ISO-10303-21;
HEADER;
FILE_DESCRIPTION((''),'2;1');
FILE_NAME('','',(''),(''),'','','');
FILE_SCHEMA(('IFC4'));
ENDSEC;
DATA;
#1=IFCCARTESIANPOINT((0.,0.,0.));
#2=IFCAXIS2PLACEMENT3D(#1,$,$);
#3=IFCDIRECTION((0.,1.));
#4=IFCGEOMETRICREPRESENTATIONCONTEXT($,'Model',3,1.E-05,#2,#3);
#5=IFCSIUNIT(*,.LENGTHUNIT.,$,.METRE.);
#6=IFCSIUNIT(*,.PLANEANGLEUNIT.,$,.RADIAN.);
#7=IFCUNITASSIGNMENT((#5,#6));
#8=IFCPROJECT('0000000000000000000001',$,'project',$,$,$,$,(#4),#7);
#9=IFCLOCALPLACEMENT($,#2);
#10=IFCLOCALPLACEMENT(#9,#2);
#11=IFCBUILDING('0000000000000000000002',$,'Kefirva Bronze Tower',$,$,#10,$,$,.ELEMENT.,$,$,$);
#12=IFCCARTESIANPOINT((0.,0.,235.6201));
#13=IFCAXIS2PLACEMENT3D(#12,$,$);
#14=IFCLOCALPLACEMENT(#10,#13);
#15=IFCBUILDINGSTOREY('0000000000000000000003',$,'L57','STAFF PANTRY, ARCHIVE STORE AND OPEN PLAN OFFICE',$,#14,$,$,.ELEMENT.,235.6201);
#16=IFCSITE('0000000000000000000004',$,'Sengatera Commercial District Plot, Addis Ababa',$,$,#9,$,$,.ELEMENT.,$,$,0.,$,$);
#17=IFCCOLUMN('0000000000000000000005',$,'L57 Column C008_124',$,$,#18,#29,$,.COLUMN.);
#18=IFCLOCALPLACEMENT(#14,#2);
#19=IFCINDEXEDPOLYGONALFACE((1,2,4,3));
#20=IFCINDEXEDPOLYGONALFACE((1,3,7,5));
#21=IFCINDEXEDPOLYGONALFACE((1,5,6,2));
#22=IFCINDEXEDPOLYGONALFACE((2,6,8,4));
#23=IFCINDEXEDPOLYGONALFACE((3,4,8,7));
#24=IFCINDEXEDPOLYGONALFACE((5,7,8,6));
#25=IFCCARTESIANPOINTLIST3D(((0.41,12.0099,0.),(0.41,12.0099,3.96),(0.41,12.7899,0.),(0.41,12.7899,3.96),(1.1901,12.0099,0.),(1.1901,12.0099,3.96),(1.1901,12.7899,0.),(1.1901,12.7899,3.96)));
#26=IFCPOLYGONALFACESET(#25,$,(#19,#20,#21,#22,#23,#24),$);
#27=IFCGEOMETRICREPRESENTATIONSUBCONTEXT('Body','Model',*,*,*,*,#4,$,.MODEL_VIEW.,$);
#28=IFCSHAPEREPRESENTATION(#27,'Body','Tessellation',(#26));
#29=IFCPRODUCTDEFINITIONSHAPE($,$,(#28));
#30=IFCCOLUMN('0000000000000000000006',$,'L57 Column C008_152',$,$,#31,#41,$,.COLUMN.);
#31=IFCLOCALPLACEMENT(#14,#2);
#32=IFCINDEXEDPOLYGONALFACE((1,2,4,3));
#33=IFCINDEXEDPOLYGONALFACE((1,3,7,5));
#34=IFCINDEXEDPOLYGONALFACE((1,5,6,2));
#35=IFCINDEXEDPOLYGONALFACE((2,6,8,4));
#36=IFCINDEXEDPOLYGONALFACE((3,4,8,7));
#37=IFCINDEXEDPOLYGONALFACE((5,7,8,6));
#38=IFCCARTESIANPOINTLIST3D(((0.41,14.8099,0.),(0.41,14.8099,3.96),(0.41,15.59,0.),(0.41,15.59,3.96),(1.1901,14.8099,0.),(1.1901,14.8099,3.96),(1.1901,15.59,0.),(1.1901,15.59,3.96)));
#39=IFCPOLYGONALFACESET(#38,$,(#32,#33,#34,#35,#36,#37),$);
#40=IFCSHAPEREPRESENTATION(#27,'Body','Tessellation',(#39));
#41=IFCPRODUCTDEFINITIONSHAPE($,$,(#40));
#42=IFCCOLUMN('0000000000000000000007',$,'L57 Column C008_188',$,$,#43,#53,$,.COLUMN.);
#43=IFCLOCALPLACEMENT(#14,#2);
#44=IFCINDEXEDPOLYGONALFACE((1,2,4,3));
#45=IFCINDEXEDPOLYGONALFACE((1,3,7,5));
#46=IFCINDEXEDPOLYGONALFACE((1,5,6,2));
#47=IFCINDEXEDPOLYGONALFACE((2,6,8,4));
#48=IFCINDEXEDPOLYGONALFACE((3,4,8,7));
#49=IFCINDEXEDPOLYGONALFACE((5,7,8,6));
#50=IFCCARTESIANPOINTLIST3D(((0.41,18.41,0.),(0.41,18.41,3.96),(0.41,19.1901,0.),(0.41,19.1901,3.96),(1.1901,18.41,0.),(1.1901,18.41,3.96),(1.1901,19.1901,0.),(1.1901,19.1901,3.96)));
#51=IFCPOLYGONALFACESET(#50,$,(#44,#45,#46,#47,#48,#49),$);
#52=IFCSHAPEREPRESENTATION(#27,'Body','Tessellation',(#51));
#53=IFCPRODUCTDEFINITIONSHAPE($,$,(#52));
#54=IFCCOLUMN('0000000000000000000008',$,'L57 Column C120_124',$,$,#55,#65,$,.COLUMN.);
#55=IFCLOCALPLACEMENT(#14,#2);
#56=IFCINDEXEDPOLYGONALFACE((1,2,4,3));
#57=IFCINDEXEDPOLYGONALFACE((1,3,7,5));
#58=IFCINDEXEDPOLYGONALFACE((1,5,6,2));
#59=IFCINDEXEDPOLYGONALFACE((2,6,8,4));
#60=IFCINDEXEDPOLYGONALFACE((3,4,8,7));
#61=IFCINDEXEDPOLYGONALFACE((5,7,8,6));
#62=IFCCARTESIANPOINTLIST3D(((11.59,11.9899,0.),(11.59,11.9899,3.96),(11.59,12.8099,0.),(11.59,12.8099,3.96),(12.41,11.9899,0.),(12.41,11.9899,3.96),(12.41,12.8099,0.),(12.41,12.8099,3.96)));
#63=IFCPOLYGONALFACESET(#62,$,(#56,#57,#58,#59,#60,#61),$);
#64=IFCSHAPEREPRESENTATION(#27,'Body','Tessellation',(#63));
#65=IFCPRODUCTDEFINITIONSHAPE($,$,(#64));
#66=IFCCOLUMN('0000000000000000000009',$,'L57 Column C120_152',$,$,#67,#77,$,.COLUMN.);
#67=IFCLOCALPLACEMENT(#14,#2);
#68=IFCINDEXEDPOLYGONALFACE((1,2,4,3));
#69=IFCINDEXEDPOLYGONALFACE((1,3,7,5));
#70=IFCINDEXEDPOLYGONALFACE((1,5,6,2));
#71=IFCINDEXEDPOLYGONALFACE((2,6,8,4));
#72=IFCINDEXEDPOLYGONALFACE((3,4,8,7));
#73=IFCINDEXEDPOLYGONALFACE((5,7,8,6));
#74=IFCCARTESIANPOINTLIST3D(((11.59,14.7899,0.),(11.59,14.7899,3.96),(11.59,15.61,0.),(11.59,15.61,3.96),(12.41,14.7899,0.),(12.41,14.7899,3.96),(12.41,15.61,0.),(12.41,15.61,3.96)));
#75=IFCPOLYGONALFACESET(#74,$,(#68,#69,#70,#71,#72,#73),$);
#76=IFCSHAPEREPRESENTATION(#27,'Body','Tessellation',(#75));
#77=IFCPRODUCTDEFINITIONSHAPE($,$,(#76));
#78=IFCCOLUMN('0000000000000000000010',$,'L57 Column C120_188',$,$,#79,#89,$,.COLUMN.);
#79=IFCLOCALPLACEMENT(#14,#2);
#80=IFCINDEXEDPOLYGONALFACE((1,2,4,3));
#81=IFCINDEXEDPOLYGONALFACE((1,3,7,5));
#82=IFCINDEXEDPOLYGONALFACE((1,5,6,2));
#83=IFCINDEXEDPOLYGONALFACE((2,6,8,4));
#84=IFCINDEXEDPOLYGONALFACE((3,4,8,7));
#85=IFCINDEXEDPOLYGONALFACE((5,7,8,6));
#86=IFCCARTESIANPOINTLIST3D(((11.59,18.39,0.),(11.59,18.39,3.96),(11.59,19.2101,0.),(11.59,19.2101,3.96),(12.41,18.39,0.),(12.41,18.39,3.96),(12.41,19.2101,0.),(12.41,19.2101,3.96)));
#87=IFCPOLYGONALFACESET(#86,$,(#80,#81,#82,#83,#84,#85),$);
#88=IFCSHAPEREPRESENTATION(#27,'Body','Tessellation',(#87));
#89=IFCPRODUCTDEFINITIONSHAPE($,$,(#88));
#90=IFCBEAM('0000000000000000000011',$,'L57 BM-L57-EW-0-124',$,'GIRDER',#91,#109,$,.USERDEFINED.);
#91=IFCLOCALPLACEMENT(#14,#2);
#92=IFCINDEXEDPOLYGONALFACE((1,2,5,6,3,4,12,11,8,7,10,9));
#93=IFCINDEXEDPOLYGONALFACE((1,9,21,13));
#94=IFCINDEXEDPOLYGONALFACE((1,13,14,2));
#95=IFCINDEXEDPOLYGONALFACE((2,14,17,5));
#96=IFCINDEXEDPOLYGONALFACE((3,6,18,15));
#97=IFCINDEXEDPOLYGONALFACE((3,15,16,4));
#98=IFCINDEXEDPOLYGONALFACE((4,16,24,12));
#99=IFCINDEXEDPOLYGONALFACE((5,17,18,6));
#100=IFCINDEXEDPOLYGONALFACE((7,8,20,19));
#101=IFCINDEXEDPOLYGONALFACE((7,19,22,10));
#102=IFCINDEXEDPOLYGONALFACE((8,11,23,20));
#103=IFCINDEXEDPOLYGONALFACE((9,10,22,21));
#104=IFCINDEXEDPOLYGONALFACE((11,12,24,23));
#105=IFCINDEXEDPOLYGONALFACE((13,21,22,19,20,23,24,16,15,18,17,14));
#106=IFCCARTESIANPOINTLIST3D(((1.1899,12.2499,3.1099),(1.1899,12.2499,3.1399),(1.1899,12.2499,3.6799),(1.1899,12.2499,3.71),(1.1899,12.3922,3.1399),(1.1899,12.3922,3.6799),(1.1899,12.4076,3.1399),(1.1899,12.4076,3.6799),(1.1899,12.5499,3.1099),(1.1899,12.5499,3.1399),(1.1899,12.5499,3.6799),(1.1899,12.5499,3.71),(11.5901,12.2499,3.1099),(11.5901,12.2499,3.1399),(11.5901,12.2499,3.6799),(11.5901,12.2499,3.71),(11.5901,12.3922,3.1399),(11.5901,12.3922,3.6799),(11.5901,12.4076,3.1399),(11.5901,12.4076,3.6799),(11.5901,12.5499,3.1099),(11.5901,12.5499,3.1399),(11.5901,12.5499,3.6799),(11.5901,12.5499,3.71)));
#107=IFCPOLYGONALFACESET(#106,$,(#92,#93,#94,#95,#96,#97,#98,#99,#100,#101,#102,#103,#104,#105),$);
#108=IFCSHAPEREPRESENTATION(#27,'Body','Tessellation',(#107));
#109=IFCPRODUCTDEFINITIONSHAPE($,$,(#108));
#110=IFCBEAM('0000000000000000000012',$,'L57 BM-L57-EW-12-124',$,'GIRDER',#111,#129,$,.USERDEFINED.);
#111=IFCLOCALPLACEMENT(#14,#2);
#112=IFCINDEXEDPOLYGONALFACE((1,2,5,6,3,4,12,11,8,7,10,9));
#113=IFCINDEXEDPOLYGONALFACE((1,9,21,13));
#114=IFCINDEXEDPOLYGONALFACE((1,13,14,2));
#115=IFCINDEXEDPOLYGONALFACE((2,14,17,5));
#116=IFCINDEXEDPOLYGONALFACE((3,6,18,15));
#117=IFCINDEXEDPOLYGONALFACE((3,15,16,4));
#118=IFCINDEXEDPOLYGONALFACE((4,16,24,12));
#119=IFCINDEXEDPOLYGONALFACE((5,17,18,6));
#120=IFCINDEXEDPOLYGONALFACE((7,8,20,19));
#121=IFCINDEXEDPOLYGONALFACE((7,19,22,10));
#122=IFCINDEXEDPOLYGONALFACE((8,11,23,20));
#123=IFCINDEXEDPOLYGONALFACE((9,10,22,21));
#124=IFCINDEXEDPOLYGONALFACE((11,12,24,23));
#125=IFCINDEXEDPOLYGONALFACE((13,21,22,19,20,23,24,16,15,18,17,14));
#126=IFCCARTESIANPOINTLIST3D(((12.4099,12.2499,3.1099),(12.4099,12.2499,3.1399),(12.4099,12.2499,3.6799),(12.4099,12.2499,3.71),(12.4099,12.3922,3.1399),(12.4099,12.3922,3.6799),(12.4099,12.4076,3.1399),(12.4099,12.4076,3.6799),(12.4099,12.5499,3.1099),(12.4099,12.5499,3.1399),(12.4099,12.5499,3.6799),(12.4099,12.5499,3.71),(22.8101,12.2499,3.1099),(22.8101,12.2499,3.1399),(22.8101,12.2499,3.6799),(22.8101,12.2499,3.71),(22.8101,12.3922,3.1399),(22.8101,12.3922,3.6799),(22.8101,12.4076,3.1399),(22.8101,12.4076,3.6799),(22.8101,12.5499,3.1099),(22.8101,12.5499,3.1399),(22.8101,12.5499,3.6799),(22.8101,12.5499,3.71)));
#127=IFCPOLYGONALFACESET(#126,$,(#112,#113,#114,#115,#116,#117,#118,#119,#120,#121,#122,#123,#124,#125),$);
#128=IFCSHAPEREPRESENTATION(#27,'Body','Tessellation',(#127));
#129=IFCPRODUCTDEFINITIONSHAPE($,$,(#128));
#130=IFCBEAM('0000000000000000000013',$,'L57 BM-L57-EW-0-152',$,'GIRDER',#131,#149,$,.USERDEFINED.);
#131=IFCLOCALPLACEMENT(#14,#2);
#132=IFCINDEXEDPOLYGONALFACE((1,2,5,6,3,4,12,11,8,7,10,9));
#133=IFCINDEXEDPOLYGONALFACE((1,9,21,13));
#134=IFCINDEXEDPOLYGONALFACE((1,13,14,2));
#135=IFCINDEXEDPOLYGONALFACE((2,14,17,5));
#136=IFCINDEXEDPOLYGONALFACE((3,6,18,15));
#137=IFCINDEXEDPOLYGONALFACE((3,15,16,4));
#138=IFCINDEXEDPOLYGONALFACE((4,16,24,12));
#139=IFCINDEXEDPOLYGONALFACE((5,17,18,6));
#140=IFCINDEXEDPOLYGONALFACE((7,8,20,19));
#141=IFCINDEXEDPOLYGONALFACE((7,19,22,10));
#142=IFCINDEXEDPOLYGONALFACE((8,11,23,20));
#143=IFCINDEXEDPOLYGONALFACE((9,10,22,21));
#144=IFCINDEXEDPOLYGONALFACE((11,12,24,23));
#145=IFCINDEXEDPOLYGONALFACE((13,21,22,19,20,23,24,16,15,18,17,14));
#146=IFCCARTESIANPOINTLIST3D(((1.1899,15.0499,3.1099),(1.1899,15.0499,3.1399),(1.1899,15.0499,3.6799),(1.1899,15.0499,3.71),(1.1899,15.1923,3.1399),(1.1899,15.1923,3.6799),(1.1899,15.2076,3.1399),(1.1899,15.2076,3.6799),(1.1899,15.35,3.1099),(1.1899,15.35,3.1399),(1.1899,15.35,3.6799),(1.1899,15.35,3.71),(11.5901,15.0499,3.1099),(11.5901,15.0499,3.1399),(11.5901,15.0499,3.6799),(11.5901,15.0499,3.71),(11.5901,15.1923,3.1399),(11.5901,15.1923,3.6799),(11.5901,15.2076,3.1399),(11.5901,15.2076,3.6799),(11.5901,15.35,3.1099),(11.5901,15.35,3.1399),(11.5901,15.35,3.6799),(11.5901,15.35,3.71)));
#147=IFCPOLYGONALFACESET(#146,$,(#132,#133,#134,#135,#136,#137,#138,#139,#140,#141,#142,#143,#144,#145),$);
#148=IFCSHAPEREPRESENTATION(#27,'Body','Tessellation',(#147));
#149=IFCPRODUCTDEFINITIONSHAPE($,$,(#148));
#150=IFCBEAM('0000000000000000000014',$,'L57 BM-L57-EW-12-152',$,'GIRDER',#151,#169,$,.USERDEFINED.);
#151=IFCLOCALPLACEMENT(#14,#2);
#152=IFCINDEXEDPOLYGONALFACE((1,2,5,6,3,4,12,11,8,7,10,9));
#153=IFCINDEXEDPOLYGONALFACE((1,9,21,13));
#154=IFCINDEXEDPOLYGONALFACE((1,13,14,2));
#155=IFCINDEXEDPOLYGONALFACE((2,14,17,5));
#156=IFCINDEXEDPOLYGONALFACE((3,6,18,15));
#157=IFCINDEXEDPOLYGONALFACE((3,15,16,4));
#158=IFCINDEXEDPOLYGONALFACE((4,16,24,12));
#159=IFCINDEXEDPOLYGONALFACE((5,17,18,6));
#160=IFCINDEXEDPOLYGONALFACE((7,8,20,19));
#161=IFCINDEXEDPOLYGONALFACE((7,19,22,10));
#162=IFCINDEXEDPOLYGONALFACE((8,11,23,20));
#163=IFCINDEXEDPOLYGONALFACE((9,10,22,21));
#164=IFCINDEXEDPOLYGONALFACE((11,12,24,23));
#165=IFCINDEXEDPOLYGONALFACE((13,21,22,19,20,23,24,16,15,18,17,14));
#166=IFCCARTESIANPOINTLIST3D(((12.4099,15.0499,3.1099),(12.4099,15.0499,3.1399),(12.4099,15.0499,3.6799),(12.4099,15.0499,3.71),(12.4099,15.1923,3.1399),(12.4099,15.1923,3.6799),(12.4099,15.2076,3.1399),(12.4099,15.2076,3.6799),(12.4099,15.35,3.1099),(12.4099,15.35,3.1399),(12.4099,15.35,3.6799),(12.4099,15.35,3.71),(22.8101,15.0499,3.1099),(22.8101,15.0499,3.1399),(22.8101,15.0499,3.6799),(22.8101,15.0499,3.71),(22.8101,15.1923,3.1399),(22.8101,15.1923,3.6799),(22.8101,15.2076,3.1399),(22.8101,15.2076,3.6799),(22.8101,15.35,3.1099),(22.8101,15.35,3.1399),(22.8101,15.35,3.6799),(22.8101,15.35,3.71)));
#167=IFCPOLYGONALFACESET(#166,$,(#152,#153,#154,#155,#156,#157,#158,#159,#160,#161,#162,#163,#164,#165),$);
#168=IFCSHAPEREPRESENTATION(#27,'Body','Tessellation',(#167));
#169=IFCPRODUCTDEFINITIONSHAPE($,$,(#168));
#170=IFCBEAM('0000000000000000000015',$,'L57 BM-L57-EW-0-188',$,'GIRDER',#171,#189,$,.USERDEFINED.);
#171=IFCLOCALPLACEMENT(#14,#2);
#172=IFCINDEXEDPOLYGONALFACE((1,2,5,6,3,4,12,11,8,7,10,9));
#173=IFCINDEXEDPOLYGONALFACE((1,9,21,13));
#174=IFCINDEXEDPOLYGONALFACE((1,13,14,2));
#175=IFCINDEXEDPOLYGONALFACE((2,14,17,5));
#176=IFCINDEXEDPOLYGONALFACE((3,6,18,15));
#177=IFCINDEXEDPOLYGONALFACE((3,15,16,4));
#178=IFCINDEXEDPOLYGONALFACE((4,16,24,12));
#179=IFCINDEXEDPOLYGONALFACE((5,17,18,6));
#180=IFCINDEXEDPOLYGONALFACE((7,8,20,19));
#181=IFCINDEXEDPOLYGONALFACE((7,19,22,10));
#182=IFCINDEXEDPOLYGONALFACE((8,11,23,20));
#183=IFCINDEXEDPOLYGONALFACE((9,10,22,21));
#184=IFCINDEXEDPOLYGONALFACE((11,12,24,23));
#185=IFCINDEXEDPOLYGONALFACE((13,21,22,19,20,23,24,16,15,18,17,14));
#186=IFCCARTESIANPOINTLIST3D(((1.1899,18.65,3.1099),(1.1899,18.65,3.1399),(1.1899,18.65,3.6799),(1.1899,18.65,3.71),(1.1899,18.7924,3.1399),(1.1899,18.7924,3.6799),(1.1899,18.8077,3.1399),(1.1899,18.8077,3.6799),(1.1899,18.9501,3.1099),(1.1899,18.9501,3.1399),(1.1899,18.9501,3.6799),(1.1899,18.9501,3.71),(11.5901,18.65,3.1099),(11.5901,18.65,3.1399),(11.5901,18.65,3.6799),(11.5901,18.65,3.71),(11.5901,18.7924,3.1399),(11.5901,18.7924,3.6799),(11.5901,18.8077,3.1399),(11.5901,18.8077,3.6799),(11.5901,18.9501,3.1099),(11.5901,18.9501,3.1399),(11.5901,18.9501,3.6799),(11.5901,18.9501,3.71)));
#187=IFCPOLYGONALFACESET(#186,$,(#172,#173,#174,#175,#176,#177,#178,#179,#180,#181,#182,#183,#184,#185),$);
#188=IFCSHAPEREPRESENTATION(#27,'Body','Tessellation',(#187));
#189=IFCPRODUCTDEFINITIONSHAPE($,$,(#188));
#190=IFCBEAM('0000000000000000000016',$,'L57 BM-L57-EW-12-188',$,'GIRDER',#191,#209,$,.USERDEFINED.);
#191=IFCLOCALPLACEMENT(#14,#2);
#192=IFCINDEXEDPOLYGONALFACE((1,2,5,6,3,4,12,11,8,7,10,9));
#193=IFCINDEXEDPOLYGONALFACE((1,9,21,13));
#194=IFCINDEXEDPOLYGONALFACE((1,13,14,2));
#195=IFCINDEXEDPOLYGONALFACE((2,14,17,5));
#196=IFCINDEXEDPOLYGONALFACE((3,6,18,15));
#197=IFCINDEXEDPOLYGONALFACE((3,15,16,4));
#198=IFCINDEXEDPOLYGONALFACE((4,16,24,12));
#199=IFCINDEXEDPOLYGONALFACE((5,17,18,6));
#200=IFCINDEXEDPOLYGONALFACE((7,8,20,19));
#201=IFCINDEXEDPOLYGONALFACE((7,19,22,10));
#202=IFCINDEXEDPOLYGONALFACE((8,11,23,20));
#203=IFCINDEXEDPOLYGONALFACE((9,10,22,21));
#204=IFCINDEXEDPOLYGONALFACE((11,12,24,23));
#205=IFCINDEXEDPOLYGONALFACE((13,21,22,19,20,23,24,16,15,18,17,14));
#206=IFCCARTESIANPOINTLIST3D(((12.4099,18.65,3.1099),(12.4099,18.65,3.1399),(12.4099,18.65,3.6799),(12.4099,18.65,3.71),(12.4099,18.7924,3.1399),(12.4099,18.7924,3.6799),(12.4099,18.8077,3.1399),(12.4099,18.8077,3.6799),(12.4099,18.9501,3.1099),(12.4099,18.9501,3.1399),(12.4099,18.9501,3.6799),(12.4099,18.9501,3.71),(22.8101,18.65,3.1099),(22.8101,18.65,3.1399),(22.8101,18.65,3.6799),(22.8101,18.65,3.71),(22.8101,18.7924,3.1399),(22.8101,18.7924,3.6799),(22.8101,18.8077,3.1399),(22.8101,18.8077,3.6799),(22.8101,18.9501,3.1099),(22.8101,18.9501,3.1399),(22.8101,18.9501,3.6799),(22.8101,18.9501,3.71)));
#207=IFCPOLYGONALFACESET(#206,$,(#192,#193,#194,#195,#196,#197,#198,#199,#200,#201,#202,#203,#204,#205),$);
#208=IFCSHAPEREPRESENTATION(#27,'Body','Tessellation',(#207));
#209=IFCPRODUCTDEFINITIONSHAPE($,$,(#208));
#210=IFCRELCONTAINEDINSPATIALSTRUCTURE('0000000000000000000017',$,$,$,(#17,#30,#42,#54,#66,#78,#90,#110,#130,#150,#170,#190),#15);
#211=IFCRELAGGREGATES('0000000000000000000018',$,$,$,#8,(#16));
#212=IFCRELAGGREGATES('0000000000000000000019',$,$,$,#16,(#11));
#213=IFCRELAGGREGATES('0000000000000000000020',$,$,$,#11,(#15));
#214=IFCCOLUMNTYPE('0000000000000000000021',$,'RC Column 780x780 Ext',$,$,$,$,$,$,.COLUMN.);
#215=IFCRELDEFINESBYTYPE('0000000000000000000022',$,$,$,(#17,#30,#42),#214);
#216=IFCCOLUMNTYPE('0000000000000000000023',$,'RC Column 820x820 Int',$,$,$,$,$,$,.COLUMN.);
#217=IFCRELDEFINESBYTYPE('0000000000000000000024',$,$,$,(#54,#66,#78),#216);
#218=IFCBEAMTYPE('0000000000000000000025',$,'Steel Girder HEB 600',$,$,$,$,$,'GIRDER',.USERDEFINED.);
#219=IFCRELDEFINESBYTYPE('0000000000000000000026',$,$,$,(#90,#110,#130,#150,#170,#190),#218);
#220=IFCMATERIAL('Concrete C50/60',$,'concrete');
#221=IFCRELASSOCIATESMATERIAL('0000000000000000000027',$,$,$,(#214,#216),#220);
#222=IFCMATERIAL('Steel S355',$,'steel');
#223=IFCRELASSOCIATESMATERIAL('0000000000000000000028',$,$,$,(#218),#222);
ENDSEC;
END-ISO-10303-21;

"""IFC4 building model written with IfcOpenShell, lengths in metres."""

from ifc_helpers import new_model, si_unit, direction, frame, origin, origin_2d, place, context, subcontext, project, spatial, rectangle, i_section, extrude, material, material_profile, profile_set, type_object, element, save


model = new_model("IFC4")

# Units and contexts
model_context = context("Model", 3, precision=1e-05, world=origin(), true_north=direction((0.0, 1.0)))
body_context = subcontext(model_context, "Body", "Model", "MODEL_VIEW")
ifc_project = project(units=[si_unit("LENGTHUNIT", "METRE"), si_unit("PLANEANGLEUNIT", "RADIAN")], contexts=[model_context])

# Site, building, storey
site_placement = place(None, origin())
site = spatial("IfcSite", under=ifc_project, at=site_placement, Name="Sengatera Commercial District Plot, Addis Ababa", CompositionType="ELEMENT", RefElevation=0.0)
building_placement = place(site_placement, origin())
building = spatial("IfcBuilding", under=site, at=building_placement, Name="Kefirva Bronze Tower", CompositionType="ELEMENT")
storey_placement = place(building_placement, frame((0.0, 0.0, 235.6201)))
storey = spatial("IfcBuildingStorey", under=building, at=storey_placement, Name="L57", Description="STAFF PANTRY, ARCHIVE STORE AND OPEN PLAN OFFICE", CompositionType="ELEMENT", Elevation=235.6201)

# Columns
ifc_material_1 = material(Name="Concrete C50/60", Category="concrete")
ifc_material_profile_1 = material_profile(ifc_material_1, rectangle(XDim=0.78, YDim=0.78, at=origin_2d()), Name="RC 780x780")
ifc_profile_set_1 = profile_set([ifc_material_profile_1], Name="Concrete C50/60")
column_type_1 = type_object("IfcColumnType", Name="RC Column 780x780 Ext", PredefinedType="COLUMN", material=ifc_profile_set_1)
for number, where, z_axis, x_axis, name in (
    (1, (0.8, 12.3999, 0.0), (0.0, 0.0, 1.0), (1.0, 0.0, 0.0), "L57 Column C008_124"),
    (2, (0.8, 15.2, 0.0), (0.0, 0.0, 1.0), (1.0, 0.0, 0.0), "L57 Column C008_152"),
    (3, (0.8, 18.8, 0.0), (0.0, 0.0, 1.0), (1.0, 0.0, 0.0), "L57 Column C008_188"),
):
    element("IfcColumn", number, at=place(storey_placement, frame(where, z_axis=z_axis, x_axis=x_axis)), inside=storey, type_object=column_type_1, Name=name, PredefinedType="COLUMN", context=body_context, shape_type="SweptSolid", body=[
        extrude(rectangle(XDim=0.78, YDim=0.78, at=origin_2d()), origin(), (0.0, 0.0, 1.0), 3.96),
    ])
ifc_material_profile_2 = material_profile(ifc_material_1, rectangle(XDim=0.8201, YDim=0.8201, at=origin_2d()), Name="RC 820x820")
ifc_profile_set_2 = profile_set([ifc_material_profile_2], Name="Concrete C50/60")
column_type_2 = type_object("IfcColumnType", Name="RC Column 820x820 Int", PredefinedType="COLUMN", material=ifc_profile_set_2)
for number, where, z_axis, x_axis, name in (
    (4, (12.0, 12.3999, 0.0), (0.0, 0.0, 1.0), (1.0, 0.0, 0.0), "L57 Column C120_124"),
    (5, (12.0, 15.2, 0.0), (0.0, 0.0, 1.0), (1.0, 0.0, 0.0), "L57 Column C120_152"),
    (6, (12.0, 18.8, 0.0), (0.0, 0.0, 1.0), (1.0, 0.0, 0.0), "L57 Column C120_188"),
):
    element("IfcColumn", number, at=place(storey_placement, frame(where, z_axis=z_axis, x_axis=x_axis)), inside=storey, type_object=column_type_2, Name=name, PredefinedType="COLUMN", context=body_context, shape_type="SweptSolid", body=[
        extrude(rectangle(XDim=0.8201, YDim=0.8201, at=origin_2d()), origin(), (0.0, 0.0, 1.0), 3.96),
    ])

# Beams
ifc_material_2 = material(Name="Steel S355", Category="steel")
ifc_material_profile_3 = material_profile(ifc_material_2, i_section(OverallWidth=0.3, OverallDepth=0.6001, WebThickness=0.0154, FlangeThickness=0.03, at=origin_2d()), Name="HEB 600")
ifc_profile_set_3 = profile_set([ifc_material_profile_3], Name="Steel S355")
beam_type_1 = type_object("IfcBeamType", Name="Steel Girder HEB 600", ElementType="GIRDER", PredefinedType="USERDEFINED", material=ifc_profile_set_3)
for number, where, z_axis, x_axis, name in (
    (7, (1.1899, 12.3999, 3.4099), (1.0, 0.0, 0.0), (0.0, 1.0, 0.0), "L57 BM-L57-EW-0-124"),
    (8, (12.4099, 12.3999, 3.4099), (1.0, 0.0, 0.0), (0.0, 1.0, 0.0), "L57 BM-L57-EW-12-124"),
    (9, (1.1899, 15.2, 3.4099), (1.0, 0.0, 0.0), (0.0, 1.0, 0.0), "L57 BM-L57-EW-0-152"),
    (10, (12.4099, 15.2, 3.4099), (1.0, 0.0, 0.0), (0.0, 1.0, 0.0), "L57 BM-L57-EW-12-152"),
    (11, (1.1899, 18.8, 3.4099), (1.0, 0.0, 0.0), (0.0, 1.0, 0.0), "L57 BM-L57-EW-0-188"),
    (12, (12.4099, 18.8, 3.4099), (1.0, 0.0, 0.0), (0.0, 1.0, 0.0), "L57 BM-L57-EW-12-188"),
):
    element("IfcBeam", number, at=place(storey_placement, frame(where, z_axis=z_axis, x_axis=x_axis)), inside=storey, type_object=beam_type_1, Name=name, ObjectType="GIRDER", PredefinedType="USERDEFINED", context=body_context, shape_type="SweptSolid", body=[
        extrude(i_section(OverallWidth=0.3, OverallDepth=0.6001, WebThickness=0.0154, FlangeThickness=0.03, at=origin_2d()), origin(), (0.0, 0.0, 1.0), 10.4001),
    ])

save(model, "model.ifc")
